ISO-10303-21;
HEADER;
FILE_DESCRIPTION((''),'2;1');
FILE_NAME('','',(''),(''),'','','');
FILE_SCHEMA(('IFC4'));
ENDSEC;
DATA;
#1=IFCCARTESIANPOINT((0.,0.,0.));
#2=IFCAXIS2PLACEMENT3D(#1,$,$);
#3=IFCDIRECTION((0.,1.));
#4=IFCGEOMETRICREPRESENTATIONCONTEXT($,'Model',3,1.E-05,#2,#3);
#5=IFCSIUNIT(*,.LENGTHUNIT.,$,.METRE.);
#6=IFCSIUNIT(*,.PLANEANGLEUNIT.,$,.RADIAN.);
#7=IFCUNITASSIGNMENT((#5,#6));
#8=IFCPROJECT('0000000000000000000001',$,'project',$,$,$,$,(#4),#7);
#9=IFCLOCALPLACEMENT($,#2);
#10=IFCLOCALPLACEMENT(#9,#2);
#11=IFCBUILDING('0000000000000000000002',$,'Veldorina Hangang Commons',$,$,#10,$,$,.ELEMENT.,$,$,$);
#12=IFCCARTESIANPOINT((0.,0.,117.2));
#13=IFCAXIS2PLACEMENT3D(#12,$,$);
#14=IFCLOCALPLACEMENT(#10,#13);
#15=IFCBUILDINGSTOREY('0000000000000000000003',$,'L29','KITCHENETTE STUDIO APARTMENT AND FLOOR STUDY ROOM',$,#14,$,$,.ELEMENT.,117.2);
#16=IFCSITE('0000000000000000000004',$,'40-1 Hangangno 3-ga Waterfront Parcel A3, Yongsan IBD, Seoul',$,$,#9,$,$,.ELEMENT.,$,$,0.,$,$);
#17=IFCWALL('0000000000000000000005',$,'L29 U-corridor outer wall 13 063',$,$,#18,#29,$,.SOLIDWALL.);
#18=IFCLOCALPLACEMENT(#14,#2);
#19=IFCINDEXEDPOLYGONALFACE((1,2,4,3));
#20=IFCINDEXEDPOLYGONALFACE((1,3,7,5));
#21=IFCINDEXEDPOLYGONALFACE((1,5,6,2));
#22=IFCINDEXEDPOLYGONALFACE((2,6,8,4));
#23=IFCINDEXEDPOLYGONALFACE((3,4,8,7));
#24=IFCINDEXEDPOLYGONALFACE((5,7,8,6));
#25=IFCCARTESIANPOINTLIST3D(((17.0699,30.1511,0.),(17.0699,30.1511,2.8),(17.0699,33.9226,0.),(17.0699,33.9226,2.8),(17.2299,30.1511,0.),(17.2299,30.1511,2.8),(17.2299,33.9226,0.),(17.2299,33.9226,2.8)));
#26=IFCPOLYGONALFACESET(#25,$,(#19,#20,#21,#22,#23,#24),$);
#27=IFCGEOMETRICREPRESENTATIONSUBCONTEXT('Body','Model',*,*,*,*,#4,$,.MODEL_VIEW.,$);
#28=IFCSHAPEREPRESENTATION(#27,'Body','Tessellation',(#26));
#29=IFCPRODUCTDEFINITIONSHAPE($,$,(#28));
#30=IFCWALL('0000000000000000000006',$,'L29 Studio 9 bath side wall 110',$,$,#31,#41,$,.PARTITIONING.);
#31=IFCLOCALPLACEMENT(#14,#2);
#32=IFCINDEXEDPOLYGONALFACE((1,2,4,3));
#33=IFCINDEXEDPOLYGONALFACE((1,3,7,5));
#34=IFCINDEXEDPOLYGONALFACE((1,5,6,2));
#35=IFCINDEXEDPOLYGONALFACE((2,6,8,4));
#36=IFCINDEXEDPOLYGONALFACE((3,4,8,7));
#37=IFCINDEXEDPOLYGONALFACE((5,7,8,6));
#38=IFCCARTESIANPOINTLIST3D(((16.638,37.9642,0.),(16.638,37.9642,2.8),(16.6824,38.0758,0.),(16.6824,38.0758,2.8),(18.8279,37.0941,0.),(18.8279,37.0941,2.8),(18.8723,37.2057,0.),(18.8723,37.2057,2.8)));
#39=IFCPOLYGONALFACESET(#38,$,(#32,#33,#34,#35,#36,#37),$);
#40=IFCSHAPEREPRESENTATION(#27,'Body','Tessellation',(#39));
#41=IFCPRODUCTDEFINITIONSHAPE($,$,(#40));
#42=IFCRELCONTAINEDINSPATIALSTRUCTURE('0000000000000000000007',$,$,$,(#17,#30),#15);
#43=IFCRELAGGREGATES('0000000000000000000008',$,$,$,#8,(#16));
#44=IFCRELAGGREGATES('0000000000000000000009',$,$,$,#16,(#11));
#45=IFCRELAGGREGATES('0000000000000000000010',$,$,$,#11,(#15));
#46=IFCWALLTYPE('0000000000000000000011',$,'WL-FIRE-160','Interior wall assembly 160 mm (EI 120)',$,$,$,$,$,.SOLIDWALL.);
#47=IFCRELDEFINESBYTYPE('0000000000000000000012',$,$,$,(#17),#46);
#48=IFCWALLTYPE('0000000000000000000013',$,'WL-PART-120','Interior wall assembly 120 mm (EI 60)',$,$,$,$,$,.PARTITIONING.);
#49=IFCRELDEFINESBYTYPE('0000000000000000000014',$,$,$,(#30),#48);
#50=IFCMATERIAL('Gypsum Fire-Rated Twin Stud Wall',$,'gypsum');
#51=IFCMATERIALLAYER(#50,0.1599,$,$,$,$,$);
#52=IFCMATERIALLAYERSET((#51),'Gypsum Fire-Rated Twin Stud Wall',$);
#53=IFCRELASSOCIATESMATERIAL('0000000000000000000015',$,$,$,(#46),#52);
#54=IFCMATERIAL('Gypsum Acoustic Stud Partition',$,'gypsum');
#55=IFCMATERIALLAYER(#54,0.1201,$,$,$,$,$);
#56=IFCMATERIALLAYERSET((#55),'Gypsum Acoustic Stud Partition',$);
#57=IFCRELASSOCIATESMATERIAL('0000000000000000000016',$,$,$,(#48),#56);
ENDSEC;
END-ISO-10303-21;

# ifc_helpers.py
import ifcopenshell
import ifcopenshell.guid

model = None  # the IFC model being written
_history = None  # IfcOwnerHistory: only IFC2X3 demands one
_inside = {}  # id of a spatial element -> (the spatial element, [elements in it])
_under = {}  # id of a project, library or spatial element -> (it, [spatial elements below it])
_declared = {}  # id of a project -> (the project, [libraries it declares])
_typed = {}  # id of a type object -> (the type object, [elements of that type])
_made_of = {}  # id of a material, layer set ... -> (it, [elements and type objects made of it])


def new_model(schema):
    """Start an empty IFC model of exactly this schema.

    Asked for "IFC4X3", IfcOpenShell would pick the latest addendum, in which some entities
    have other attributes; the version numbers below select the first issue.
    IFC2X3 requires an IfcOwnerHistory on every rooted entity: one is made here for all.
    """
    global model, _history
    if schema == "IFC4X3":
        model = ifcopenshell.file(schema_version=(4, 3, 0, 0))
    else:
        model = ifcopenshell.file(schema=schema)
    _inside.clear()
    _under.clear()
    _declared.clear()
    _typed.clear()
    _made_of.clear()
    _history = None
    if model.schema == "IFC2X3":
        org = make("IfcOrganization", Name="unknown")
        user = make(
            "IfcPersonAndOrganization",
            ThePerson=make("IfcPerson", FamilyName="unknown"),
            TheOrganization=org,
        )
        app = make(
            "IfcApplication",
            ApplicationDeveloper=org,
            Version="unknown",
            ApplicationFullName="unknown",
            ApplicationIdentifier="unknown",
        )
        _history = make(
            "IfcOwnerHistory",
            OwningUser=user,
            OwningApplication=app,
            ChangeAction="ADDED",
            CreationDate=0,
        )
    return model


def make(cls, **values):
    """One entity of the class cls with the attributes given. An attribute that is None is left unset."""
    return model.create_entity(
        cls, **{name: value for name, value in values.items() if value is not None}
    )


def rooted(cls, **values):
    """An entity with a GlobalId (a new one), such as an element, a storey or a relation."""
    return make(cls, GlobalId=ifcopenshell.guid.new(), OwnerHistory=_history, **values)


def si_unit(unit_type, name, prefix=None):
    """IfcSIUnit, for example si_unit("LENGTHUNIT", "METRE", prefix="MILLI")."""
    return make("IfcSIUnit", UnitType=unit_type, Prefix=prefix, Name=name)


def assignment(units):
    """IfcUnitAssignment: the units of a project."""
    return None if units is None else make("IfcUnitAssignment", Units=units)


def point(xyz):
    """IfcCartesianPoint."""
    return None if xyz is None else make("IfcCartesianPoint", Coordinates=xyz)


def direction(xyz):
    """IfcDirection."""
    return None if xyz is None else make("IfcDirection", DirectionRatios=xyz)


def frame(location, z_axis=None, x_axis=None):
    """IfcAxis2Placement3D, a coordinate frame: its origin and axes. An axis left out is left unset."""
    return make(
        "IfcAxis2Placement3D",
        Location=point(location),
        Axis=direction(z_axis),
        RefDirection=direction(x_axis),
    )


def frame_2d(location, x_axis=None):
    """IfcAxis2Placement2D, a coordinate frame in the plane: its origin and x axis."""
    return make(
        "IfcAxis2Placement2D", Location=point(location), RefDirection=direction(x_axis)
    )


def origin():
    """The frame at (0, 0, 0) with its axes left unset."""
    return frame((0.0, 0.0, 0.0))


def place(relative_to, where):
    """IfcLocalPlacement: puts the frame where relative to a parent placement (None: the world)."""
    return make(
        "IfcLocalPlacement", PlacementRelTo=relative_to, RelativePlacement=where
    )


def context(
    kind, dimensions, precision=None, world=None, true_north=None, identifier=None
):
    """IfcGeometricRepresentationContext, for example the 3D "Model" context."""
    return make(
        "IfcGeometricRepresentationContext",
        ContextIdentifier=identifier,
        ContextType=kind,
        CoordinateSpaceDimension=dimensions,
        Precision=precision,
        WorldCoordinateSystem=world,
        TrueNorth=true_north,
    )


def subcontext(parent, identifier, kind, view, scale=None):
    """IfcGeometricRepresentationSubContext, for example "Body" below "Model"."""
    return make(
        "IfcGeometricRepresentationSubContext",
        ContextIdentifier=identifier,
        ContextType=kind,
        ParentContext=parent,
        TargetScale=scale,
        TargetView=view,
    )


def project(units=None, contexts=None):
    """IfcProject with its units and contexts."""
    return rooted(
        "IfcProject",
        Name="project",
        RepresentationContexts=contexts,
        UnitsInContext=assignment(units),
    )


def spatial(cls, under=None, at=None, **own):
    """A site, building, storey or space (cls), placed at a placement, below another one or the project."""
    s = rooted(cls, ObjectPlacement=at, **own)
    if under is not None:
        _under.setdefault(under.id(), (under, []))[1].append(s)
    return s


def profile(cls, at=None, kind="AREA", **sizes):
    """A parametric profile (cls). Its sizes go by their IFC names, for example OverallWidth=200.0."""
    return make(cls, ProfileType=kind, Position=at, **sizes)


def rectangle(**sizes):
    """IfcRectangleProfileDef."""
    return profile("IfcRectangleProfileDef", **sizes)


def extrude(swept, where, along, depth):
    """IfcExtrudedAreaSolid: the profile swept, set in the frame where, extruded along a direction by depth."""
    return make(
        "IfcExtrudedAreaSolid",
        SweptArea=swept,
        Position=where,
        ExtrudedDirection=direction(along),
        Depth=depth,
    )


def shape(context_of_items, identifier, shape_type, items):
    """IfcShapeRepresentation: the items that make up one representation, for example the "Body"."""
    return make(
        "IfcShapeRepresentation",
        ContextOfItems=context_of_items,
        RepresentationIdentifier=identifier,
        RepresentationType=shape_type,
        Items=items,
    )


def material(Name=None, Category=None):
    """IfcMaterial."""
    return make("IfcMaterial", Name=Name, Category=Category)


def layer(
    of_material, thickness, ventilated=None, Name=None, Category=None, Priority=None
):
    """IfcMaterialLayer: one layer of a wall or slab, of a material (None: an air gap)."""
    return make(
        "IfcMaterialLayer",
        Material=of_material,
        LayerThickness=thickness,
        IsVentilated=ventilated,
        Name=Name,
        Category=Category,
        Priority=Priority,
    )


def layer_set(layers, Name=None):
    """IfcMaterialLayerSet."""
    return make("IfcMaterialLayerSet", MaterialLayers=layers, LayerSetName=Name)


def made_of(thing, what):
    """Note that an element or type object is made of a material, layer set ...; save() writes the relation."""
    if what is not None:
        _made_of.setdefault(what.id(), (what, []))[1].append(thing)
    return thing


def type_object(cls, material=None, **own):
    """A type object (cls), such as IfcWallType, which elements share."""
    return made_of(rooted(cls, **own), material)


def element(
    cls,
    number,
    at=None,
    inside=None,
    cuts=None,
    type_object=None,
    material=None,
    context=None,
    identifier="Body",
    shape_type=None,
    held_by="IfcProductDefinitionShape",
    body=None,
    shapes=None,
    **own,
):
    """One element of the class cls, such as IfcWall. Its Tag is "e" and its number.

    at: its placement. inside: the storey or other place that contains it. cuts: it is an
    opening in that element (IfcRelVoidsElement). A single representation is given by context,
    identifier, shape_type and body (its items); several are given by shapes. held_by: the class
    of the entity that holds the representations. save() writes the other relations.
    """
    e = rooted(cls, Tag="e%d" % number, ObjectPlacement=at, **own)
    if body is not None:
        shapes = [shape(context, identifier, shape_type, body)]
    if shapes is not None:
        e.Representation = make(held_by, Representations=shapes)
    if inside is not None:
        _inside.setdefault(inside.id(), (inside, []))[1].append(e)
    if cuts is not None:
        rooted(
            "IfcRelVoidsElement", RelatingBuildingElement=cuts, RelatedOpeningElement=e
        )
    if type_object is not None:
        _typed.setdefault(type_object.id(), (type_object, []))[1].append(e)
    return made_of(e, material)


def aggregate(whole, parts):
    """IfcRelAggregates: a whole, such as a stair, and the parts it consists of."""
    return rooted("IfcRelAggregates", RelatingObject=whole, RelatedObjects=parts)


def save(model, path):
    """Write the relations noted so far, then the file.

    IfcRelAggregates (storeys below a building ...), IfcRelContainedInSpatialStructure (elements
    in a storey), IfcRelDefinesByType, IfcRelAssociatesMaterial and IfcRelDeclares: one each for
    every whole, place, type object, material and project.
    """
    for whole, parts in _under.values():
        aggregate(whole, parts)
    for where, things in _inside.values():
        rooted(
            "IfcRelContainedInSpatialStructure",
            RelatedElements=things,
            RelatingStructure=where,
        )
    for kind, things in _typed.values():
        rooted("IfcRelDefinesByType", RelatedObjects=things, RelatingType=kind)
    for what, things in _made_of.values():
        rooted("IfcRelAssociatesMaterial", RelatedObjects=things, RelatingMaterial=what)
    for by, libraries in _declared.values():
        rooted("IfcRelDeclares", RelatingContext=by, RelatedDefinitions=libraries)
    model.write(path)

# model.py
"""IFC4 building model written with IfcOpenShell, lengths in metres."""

from ifc_helpers import new_model, si_unit, direction, frame, frame_2d, origin, place, context, subcontext, project, spatial, rectangle, extrude, material, layer, layer_set, type_object, element, save


model = new_model("IFC4")

# Units and contexts
model_context = context("Model", 3, precision=1e-05, world=origin(), true_north=direction((0.0, 1.0)))
body_context = subcontext(model_context, "Body", "Model", "MODEL_VIEW")
ifc_project = project(units=[si_unit("LENGTHUNIT", "METRE"), si_unit("PLANEANGLEUNIT", "RADIAN")], contexts=[model_context])

# Site, building, storey
site_placement = place(None, origin())
site = spatial("IfcSite", under=ifc_project, at=site_placement, Name="40-1 Hangangno 3-ga Waterfront Parcel A3, Yongsan IBD, Seoul", CompositionType="ELEMENT", RefElevation=0.0)
building_placement = place(site_placement, origin())
building = spatial("IfcBuilding", under=site, at=building_placement, Name="Veldorina Hangang Commons", CompositionType="ELEMENT")
storey_placement = place(building_placement, frame((0.0, 0.0, 117.2)))
storey = spatial("IfcBuildingStorey", under=building, at=storey_placement, Name="L29", Description="KITCHENETTE STUDIO APARTMENT AND FLOOR STUDY ROOM", CompositionType="ELEMENT", Elevation=117.2)

# Shared definitions
ifc_material_1 = material(Name="Gypsum Fire-Rated Twin Stud Wall", Category="gypsum")
ifc_layer_1 = layer(ifc_material_1, 0.1599)
ifc_layer_set_1 = layer_set([ifc_layer_1], Name="Gypsum Fire-Rated Twin Stud Wall")
wall_type_1 = type_object("IfcWallType", Name="WL-FIRE-160", Description="Interior wall assembly 160 mm (EI 120)", PredefinedType="SOLIDWALL", material=ifc_layer_set_1)

# Walls
wall_1_placement = place(storey_placement, frame((17.1499, 33.9226, 0.0), z_axis=(0.0, 0.0, 1.0), x_axis=(0.0, -1.0, 0.0)))
element("IfcWall", 1, at=wall_1_placement, inside=storey, type_object=wall_type_1, Name="L29 U-corridor outer wall 13 063", PredefinedType="SOLIDWALL", context=body_context, shape_type="SweptSolid", body=[
    extrude(rectangle(XDim=3.7715, YDim=0.1599, at=frame_2d((1.8857, 0.0))), origin(), (0.0, 0.0, 1.0), 2.8),
])
ifc_material_2 = material(Name="Gypsum Acoustic Stud Partition", Category="gypsum")
ifc_layer_2 = layer(ifc_material_2, 0.1201)
ifc_layer_set_2 = layer_set([ifc_layer_2], Name="Gypsum Acoustic Stud Partition")
wall_type_2 = type_object("IfcWallType", Name="WL-PART-120", Description="Interior wall assembly 120 mm (EI 60)", PredefinedType="PARTITIONING", material=ifc_layer_set_2)
wall_2_placement = place(storey_placement, frame((18.8501, 37.1499, 0.0), z_axis=(0.0, 0.0, 1.0), x_axis=(-0.929332, 0.369246, 0.0)))
element("IfcWall", 2, at=wall_2_placement, inside=storey, type_object=wall_type_2, Name="L29 Studio 9 bath side wall 110", PredefinedType="PARTITIONING", context=body_context, shape_type="SweptSolid", body=[
    extrude(rectangle(XDim=2.3564, YDim=0.1201, at=frame_2d((1.1782, 0.0))), origin(), (0.0, 0.0, 1.0), 2.8),
])

save(model, "model.ifc")
